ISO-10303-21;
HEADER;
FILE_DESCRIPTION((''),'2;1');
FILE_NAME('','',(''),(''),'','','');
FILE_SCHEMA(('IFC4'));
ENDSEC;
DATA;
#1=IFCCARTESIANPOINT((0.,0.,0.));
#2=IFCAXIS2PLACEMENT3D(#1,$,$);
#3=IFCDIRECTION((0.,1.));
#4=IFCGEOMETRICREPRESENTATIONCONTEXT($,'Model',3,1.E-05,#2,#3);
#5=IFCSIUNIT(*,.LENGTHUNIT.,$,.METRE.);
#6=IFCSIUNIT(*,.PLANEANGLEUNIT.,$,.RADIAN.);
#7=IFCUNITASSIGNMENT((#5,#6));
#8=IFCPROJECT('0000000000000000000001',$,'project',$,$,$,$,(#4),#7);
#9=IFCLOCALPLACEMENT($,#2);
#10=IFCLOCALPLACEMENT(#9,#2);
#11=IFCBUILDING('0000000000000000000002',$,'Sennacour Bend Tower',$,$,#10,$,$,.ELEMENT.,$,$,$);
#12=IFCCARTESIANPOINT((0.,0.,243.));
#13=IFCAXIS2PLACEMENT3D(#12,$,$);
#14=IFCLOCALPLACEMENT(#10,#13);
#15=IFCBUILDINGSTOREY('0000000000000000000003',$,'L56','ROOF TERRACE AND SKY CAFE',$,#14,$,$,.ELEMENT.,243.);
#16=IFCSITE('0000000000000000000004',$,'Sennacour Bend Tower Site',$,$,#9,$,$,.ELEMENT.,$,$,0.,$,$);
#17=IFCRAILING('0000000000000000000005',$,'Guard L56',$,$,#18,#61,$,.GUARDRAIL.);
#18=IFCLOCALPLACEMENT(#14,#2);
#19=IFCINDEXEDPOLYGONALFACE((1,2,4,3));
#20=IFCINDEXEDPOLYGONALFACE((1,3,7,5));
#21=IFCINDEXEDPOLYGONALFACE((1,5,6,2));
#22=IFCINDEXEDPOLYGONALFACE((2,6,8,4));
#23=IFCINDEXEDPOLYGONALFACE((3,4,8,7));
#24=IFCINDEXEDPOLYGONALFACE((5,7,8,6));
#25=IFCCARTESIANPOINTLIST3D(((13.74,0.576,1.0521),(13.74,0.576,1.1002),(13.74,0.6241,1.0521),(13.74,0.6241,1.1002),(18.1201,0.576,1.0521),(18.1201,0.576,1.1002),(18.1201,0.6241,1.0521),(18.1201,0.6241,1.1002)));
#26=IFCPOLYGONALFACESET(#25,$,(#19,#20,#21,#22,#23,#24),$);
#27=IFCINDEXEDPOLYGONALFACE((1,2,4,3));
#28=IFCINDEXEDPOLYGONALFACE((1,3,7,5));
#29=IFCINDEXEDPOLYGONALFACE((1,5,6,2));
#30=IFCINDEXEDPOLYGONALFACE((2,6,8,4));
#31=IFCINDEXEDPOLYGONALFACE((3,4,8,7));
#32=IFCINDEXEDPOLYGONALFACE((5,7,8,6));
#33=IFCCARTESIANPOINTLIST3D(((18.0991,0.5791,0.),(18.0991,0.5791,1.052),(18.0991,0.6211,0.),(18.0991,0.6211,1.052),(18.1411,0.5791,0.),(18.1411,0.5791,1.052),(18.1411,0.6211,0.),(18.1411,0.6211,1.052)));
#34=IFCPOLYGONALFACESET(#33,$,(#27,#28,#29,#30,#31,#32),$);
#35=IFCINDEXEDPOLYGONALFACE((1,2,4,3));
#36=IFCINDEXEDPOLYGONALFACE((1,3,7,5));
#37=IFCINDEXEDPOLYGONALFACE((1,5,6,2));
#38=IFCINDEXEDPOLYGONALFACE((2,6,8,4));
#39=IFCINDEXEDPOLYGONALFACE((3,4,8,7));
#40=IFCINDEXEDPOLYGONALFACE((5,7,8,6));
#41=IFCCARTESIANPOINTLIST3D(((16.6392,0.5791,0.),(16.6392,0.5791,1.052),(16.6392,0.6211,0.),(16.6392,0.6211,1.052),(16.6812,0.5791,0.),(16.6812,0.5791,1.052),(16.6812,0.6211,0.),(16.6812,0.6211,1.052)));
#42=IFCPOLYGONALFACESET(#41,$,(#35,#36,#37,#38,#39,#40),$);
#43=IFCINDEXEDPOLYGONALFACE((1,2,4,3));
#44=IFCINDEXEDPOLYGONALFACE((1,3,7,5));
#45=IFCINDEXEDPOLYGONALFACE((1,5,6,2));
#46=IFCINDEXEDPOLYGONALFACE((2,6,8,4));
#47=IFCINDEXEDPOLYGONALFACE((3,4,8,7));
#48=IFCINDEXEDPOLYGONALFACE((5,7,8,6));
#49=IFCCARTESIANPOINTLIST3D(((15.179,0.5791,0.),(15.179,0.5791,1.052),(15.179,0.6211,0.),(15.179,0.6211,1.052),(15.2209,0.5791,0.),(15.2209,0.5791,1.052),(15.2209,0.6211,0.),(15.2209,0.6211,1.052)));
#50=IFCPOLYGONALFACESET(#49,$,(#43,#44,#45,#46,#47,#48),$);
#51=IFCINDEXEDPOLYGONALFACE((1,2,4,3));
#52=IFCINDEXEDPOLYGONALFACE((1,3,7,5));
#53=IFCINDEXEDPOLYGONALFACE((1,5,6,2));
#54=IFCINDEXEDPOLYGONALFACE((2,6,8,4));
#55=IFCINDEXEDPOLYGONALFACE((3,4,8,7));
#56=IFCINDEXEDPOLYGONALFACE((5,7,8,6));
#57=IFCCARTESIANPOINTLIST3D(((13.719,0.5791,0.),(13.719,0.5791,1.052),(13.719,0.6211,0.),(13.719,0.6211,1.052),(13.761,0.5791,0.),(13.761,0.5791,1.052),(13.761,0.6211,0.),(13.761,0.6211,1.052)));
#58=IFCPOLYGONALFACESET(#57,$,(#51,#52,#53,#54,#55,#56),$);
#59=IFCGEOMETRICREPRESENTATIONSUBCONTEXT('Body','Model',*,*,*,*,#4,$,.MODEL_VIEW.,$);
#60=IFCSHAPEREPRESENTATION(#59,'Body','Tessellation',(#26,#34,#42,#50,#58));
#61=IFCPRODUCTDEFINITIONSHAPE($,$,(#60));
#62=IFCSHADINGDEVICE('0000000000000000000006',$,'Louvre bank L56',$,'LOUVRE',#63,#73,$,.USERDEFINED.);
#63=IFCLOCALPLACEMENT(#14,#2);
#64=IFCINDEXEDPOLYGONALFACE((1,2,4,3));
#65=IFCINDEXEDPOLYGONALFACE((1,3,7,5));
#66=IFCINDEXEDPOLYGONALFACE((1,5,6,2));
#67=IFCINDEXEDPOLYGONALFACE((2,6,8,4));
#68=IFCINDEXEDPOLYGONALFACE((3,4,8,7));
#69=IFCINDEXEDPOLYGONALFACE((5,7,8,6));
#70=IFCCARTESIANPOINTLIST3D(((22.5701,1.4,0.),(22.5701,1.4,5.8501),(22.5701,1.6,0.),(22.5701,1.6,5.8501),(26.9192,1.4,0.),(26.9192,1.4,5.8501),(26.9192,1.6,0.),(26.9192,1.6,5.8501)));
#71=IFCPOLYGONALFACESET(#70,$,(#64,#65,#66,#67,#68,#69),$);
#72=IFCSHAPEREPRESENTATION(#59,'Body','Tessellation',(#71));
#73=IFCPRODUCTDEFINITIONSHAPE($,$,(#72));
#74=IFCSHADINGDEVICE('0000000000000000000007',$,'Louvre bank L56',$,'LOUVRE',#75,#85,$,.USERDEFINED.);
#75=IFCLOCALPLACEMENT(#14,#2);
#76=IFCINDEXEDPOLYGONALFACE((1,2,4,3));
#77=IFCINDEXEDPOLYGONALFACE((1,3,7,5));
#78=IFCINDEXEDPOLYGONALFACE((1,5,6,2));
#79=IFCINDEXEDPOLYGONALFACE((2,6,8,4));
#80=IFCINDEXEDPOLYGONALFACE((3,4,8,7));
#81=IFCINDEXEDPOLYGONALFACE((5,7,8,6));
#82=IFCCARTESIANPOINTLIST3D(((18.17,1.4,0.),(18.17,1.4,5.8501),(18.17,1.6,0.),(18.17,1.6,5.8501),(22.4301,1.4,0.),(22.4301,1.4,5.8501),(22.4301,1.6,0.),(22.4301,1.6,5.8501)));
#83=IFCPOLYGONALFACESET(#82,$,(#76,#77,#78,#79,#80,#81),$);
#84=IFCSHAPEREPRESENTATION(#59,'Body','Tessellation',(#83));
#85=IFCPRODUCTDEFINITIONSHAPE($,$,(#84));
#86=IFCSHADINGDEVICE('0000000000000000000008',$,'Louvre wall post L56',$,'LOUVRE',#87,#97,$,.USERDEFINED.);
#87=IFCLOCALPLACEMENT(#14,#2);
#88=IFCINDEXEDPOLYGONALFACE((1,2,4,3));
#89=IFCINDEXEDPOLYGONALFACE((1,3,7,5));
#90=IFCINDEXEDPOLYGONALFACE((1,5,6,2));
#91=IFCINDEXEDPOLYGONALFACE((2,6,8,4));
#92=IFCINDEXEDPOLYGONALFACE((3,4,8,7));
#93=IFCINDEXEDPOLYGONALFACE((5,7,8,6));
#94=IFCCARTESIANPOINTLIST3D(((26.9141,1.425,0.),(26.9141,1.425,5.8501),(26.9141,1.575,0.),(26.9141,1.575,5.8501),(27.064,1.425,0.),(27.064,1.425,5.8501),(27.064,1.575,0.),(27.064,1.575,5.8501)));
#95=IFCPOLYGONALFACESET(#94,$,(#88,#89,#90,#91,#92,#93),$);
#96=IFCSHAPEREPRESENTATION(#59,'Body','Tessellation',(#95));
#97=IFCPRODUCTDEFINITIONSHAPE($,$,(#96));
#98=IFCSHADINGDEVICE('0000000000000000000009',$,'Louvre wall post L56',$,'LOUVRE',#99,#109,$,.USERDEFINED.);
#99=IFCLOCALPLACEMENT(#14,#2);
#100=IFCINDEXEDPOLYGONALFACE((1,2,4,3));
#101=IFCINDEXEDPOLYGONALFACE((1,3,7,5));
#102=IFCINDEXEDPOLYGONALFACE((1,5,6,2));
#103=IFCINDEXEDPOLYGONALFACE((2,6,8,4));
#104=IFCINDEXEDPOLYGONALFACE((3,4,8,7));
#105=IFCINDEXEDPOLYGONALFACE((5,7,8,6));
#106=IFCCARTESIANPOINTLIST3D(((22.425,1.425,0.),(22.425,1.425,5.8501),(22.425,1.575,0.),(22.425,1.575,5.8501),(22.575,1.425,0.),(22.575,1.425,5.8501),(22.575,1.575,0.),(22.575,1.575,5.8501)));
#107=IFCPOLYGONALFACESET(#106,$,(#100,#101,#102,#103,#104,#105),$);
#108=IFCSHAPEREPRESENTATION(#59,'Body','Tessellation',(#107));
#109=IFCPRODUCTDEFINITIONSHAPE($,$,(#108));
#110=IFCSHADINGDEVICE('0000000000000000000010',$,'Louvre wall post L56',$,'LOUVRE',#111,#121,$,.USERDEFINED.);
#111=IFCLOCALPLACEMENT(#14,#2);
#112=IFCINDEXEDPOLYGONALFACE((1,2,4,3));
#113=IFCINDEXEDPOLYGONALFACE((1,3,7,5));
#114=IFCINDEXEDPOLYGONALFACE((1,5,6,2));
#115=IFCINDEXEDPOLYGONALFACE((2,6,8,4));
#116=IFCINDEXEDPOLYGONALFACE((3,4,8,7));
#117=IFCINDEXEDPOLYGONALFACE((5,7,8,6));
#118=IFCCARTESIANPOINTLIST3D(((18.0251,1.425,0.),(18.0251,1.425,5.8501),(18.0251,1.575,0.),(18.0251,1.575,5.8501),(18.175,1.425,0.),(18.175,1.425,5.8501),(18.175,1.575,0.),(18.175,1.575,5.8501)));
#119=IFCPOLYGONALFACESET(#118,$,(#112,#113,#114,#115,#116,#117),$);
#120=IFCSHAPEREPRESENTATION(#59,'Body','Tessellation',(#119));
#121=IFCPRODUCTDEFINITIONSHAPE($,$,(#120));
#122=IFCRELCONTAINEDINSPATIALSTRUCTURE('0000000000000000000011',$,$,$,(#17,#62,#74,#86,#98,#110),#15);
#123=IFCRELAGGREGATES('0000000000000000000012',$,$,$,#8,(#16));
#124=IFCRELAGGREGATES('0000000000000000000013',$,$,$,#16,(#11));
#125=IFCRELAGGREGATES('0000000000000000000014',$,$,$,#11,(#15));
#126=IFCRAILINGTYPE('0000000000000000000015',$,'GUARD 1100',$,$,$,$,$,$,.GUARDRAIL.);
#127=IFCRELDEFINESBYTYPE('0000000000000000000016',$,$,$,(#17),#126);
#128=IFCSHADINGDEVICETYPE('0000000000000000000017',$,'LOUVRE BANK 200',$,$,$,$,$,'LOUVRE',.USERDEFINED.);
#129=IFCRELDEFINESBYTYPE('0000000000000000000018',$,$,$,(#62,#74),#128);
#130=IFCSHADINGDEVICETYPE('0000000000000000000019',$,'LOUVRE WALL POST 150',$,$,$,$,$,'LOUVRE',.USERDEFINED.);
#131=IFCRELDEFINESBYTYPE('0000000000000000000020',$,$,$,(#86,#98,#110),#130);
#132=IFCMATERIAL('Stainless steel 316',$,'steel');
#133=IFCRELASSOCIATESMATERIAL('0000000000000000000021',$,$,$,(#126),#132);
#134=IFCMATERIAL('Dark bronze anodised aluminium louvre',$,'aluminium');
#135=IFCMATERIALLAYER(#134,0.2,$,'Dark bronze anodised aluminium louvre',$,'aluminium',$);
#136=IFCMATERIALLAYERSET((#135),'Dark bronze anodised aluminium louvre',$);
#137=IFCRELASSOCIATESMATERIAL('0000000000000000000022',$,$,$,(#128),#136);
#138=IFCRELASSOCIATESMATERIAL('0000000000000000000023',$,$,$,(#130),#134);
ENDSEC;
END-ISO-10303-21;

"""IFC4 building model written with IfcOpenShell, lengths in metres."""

from ifc_helpers import new_model, si_unit, direction, frame, origin, origin_2d, place, context, subcontext, project, spatial, rectangle, extrude, material, layer, layer_set, type_object, element, save


model = new_model("IFC4")

# Units and contexts
model_context = context("Model", 3, precision=1e-05, world=origin(), true_north=direction((0.0, 1.0)))
body_context = subcontext(model_context, "Body", "Model", "MODEL_VIEW")
ifc_project = project(units=[si_unit("LENGTHUNIT", "METRE"), si_unit("PLANEANGLEUNIT", "RADIAN")], contexts=[model_context])

# Site, building, storey
site_placement = place(None, origin())
site = spatial("IfcSite", under=ifc_project, at=site_placement, Name="Sennacour Bend Tower Site", CompositionType="ELEMENT", RefElevation=0.0)
building_placement = place(site_placement, origin())
building = spatial("IfcBuilding", under=site, at=building_placement, Name="Sennacour Bend Tower", CompositionType="ELEMENT")
storey_placement = place(building_placement, frame((0.0, 0.0, 243.0)))
storey = spatial("IfcBuildingStorey", under=building, at=storey_placement, Name="L56", Description="ROOF TERRACE AND SKY CAFE", CompositionType="ELEMENT", Elevation=243.0)

# Railing
ifc_material_1 = material(Name="Stainless steel 316", Category="steel")
railing_type = type_object("IfcRailingType", Name="GUARD 1100", PredefinedType="GUARDRAIL", material=ifc_material_1)
railing_1_placement = place(storey_placement, frame((18.1201, 0.6001, 0.0)))
element("IfcRailing", 1, at=railing_1_placement, inside=storey, type_object=railing_type, Name="Guard L56", PredefinedType="GUARDRAIL", context=body_context, shape_type="SweptSolid", body=[
    extrude(rectangle(XDim=0.0481, YDim=0.0481, at=origin_2d()), frame((0.0, 0.0, 1.0762), z_axis=(-1.0, 0.0, 0.0), x_axis=(0.0, -1.0, 0.0)), (0.0, 0.0, 1.0), 4.3801),
    extrude(rectangle(XDim=0.042, YDim=0.042, at=origin_2d()), origin(), (0.0, 0.0, 1.0), 1.052),
    extrude(rectangle(XDim=0.042, YDim=0.042, at=origin_2d()), frame((-1.46, 0.0, 0.0)), (0.0, 0.0, 1.0), 1.052),
    extrude(rectangle(XDim=0.042, YDim=0.042, at=origin_2d()), frame((-2.9202, 0.0, 0.0)), (0.0, 0.0, 1.0), 1.052),
    extrude(rectangle(XDim=0.042, YDim=0.042, at=origin_2d()), frame((-4.3801, 0.0, 0.0)), (0.0, 0.0, 1.0), 1.052),
])

# Shading devices
ifc_material_2 = material(Name="Dark bronze anodised aluminium louvre", Category="aluminium")
ifc_layer_1 = layer(ifc_material_2, 0.2, Name="Dark bronze anodised aluminium louvre", Category="aluminium")
ifc_layer_set_1 = layer_set([ifc_layer_1], Name="Dark bronze anodised aluminium louvre")
shading_device_type_1 = type_object("IfcShadingDeviceType", Name="LOUVRE BANK 200", ElementType="LOUVRE", PredefinedType="USERDEFINED", material=ifc_layer_set_1)
shading_device_1_placement = place(storey_placement, frame((24.7446, 1.5, 0.0), z_axis=(0.0, 0.0, 1.0), x_axis=(-1.0, 0.0, 0.0)))
element("IfcShadingDevice", 2, at=shading_device_1_placement, inside=storey, type_object=shading_device_type_1, Name="Louvre bank L56", ObjectType="LOUVRE", PredefinedType="USERDEFINED", context=body_context, shape_type="SweptSolid", body=[
    extrude(rectangle(XDim=4.3491, YDim=0.2, at=origin_2d()), origin(), (0.0, 0.0, 1.0), 5.8501),
])
shading_device_2_placement = place(storey_placement, frame((20.3, 1.5, 0.0), z_axis=(0.0, 0.0, 1.0), x_axis=(-1.0, 0.0, 0.0)))
element("IfcShadingDevice", 3, at=shading_device_2_placement, inside=storey, type_object=shading_device_type_1, Name="Louvre bank L56", ObjectType="LOUVRE", PredefinedType="USERDEFINED", context=body_context, shape_type="SweptSolid", body=[
    extrude(rectangle(XDim=4.26, YDim=0.2, at=origin_2d()), origin(), (0.0, 0.0, 1.0), 5.8501),
])
shading_device_type_2 = type_object("IfcShadingDeviceType", Name="LOUVRE WALL POST 150", ElementType="LOUVRE", PredefinedType="USERDEFINED", material=ifc_material_2)
for number, where, z_axis, x_axis, name in (
    (4, (26.989, 1.5, 0.0), (0.0, 0.0, 1.0), (1.0, 0.0, 0.0), "Louvre wall post L56"),
    (5, (22.5, 1.5, 0.0), (0.0, 0.0, 1.0), (1.0, 0.0, 0.0), "Louvre wall post L56"),
    (6, (18.1001, 1.5, 0.0), (0.0, 0.0, 1.0), (1.0, 0.0, 0.0), "Louvre wall post L56"),
):
    element("IfcShadingDevice", number, at=place(storey_placement, frame(where, z_axis=z_axis, x_axis=x_axis)), inside=storey, type_object=shading_device_type_2, Name=name, ObjectType="LOUVRE", PredefinedType="USERDEFINED", context=body_context, shape_type="SweptSolid", body=[
        extrude(rectangle(XDim=0.1499, YDim=0.1499, at=origin_2d()), origin(), (0.0, 0.0, 1.0), 5.8501),
    ])

save(model, "model.ifc")
